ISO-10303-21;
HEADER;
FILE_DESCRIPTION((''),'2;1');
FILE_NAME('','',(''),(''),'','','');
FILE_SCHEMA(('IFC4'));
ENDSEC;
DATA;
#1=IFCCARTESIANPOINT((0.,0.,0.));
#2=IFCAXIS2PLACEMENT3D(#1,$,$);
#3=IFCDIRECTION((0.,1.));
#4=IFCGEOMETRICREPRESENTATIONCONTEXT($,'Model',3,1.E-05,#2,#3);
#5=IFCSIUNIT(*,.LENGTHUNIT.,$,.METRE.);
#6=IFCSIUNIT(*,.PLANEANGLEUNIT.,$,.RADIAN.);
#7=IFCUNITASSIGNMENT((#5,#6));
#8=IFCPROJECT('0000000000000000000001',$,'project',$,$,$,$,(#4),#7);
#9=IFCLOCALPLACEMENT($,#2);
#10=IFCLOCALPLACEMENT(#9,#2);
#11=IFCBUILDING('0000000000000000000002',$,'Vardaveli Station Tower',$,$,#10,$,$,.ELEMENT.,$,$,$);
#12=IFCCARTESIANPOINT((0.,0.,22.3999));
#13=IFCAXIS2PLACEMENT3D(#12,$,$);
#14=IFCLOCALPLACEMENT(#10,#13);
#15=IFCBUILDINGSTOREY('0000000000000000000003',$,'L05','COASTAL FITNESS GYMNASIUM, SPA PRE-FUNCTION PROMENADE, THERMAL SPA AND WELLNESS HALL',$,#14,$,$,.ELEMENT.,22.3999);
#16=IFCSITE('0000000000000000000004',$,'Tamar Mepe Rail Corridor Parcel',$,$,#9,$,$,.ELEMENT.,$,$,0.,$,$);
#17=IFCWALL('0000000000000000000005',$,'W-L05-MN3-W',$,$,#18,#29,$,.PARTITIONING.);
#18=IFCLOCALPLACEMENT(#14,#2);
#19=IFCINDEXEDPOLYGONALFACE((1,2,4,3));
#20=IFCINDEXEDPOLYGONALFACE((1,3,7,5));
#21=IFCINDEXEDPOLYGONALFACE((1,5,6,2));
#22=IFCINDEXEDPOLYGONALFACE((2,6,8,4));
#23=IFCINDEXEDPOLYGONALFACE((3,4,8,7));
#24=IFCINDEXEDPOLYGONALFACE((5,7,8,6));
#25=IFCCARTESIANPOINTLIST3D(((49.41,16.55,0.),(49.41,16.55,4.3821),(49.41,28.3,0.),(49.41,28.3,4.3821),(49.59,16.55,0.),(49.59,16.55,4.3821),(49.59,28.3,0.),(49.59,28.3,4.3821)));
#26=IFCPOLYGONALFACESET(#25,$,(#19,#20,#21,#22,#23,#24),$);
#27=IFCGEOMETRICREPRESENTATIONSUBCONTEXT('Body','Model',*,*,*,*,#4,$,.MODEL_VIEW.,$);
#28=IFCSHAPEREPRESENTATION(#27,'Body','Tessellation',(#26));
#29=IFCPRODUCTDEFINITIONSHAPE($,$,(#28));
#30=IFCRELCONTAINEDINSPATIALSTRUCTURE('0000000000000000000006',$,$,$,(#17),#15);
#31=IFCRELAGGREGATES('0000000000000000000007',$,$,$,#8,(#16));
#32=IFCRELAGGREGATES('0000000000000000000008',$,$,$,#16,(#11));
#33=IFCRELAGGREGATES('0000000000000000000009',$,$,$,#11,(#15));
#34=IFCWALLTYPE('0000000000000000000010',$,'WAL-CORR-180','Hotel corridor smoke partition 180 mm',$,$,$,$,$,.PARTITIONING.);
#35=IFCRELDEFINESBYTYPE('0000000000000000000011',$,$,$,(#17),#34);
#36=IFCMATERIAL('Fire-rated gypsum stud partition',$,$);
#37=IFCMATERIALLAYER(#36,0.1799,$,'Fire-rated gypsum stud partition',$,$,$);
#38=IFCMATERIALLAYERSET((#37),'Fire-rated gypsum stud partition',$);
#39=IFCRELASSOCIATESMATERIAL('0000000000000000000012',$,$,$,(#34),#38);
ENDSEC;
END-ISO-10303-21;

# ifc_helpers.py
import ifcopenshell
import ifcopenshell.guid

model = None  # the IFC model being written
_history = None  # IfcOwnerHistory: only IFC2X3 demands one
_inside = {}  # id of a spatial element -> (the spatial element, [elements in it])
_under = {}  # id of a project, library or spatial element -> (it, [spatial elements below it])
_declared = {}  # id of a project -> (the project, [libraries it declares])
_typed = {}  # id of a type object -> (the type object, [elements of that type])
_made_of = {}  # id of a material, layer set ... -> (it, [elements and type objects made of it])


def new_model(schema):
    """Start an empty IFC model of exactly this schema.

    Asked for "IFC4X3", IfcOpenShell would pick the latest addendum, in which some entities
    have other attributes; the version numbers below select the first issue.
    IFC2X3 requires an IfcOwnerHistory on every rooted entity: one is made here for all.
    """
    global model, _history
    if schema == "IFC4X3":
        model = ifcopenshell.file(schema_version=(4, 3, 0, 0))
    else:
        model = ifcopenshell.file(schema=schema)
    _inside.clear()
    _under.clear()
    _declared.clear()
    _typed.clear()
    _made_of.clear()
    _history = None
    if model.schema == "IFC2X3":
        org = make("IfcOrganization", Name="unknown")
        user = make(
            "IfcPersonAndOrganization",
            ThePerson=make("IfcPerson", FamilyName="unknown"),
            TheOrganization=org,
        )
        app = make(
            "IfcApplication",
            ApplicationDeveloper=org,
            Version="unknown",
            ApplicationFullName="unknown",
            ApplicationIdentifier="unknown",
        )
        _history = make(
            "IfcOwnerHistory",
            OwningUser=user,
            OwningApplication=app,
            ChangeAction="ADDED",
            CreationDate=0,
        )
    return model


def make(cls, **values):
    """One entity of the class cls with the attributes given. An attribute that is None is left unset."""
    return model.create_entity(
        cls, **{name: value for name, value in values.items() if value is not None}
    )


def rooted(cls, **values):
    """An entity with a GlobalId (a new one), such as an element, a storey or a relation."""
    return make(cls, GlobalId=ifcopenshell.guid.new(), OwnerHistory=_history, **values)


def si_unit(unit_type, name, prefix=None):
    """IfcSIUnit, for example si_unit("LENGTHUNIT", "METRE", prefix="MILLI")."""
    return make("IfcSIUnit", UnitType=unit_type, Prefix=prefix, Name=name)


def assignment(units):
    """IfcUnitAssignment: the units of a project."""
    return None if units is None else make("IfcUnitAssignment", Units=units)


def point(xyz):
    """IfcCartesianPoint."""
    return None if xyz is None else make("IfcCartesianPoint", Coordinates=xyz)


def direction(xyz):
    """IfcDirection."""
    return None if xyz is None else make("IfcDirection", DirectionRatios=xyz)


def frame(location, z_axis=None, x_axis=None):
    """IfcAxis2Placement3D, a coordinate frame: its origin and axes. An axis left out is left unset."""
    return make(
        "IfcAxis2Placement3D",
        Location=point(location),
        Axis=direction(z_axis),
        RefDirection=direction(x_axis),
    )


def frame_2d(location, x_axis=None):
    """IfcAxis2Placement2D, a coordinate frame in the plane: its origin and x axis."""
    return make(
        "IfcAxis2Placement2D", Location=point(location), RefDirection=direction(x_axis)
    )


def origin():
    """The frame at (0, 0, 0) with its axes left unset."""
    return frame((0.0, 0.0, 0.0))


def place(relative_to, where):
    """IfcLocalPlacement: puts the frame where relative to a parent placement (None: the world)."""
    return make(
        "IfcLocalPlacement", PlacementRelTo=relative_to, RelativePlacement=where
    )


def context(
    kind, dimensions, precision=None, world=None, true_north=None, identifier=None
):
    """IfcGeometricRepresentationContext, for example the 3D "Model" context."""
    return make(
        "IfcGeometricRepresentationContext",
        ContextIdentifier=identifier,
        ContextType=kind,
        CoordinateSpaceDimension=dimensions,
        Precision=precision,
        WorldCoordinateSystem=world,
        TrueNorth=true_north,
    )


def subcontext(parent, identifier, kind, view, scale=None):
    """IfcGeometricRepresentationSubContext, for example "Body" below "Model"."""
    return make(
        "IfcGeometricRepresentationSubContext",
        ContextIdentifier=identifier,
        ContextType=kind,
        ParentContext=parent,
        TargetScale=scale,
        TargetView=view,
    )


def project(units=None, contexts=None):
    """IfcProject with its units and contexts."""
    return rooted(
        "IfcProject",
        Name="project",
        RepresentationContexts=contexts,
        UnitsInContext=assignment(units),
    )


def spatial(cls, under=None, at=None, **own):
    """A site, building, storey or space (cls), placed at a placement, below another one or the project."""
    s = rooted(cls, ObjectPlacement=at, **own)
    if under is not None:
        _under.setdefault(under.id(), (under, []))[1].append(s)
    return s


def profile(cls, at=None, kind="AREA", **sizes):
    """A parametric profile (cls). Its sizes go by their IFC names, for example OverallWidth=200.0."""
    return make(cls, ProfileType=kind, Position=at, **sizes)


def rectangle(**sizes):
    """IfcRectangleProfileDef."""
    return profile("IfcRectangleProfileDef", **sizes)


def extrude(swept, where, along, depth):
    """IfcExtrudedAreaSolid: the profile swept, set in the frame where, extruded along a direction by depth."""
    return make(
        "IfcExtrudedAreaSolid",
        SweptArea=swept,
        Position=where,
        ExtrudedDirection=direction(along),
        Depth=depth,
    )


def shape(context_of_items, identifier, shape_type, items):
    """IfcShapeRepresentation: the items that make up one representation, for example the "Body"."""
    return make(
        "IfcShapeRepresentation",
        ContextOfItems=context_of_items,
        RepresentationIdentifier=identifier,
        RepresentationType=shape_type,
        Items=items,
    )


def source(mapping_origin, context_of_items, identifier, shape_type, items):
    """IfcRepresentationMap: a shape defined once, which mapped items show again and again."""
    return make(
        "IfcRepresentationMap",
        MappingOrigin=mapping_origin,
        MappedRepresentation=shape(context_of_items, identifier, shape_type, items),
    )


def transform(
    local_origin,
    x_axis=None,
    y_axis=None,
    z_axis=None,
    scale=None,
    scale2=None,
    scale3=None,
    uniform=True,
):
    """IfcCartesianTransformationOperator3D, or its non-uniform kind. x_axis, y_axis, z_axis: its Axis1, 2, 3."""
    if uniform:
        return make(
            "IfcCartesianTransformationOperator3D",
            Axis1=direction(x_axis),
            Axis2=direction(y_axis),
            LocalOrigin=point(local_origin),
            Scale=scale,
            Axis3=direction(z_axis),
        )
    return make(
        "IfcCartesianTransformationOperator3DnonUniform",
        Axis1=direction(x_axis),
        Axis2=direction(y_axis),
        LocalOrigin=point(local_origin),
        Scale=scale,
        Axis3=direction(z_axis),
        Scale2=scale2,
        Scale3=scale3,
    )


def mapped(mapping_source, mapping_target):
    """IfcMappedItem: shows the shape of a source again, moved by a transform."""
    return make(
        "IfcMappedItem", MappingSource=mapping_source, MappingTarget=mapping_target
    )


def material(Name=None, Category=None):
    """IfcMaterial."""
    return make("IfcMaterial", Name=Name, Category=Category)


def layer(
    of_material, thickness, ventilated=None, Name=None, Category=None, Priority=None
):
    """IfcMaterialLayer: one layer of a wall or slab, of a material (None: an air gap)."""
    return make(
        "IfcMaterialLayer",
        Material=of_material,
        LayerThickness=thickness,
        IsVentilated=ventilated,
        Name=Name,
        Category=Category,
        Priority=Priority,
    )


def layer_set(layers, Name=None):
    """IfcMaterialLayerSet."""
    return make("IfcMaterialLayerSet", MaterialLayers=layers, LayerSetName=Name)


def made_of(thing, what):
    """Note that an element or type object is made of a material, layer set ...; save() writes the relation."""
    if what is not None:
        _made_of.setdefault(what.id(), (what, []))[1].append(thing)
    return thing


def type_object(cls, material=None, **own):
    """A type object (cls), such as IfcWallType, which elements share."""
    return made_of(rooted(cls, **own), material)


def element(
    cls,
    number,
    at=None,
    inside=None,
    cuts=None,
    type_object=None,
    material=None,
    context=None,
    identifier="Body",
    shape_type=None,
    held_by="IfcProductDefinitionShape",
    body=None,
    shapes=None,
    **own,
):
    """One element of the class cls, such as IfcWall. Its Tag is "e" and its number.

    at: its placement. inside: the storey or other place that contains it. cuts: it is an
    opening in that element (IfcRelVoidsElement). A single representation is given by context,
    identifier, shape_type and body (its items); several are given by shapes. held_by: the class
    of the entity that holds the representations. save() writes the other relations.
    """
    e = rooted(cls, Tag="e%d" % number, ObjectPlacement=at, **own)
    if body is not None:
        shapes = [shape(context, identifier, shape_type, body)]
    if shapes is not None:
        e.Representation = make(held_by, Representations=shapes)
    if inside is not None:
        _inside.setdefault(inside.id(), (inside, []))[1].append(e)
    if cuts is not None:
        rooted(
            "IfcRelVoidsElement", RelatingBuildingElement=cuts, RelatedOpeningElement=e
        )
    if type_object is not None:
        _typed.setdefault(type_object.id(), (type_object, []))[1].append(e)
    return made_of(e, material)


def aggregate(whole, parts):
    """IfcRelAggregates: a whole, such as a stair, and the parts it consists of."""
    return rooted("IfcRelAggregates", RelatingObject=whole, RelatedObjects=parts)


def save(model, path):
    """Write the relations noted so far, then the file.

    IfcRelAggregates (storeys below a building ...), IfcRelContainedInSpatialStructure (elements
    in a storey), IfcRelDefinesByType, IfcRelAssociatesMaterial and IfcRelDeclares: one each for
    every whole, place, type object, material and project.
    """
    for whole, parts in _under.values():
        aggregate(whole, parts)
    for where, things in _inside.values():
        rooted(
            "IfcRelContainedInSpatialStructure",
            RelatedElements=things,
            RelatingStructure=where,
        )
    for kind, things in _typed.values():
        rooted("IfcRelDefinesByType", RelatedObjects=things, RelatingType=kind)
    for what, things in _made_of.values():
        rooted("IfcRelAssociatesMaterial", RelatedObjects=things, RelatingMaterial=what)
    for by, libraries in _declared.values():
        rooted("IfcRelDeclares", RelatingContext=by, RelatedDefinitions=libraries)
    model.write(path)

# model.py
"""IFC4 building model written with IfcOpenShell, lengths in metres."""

from ifc_helpers import new_model, si_unit, direction, frame, frame_2d, origin, place, context, subcontext, project, spatial, rectangle, extrude, source, transform, mapped, material, layer, layer_set, type_object, element, save


model = new_model("IFC4")

# Units and contexts
model_context = context("Model", 3, precision=1e-05, world=origin(), true_north=direction((0.0, 1.0)))
body_context = subcontext(model_context, "Body", "Model", "MODEL_VIEW")
ifc_project = project(units=[si_unit("LENGTHUNIT", "METRE"), si_unit("PLANEANGLEUNIT", "RADIAN")], contexts=[model_context])

# Site, building, storey
site_placement = place(None, origin())
site = spatial("IfcSite", under=ifc_project, at=site_placement, Name="Tamar Mepe Rail Corridor Parcel", CompositionType="ELEMENT", RefElevation=0.0)
building_placement = place(site_placement, origin())
building = spatial("IfcBuilding", under=site, at=building_placement, Name="Vardaveli Station Tower", CompositionType="ELEMENT")
storey_placement = place(building_placement, frame((0.0, 0.0, 22.3999)))
storey = spatial("IfcBuildingStorey", under=building, at=storey_placement, Name="L05", Description="COASTAL FITNESS GYMNASIUM, SPA PRE-FUNCTION PROMENADE, THERMAL SPA AND WELLNESS HALL", CompositionType="ELEMENT", Elevation=22.3999)

# Shared definitions
ifc_material_1 = material(Name="Fire-rated gypsum stud partition")
ifc_layer_1 = layer(ifc_material_1, 0.1799, Name="Fire-rated gypsum stud partition")
ifc_layer_set_1 = layer_set([ifc_layer_1], Name="Fire-rated gypsum stud partition")
wall_type = type_object("IfcWallType", Name="WAL-CORR-180", Description="Hotel corridor smoke partition 180 mm", PredefinedType="PARTITIONING", material=ifc_layer_set_1)

# Wall
shared_shape_1 = source(origin(), body_context, "Body", "SweptSolid", [
    extrude(rectangle(XDim=11.75, YDim=0.1799, at=frame_2d((5.875, 0.0))), origin(), (0.0, 0.0, 1.0), 4.3821),
])
wall_1_placement = place(storey_placement, frame((49.5, 16.55, 0.0), z_axis=(0.0, 0.0, 1.0), x_axis=(0.0, 1.0, 0.0)))
element("IfcWall", 1, at=wall_1_placement, inside=storey, type_object=wall_type, Name="W-L05-MN3-W", PredefinedType="PARTITIONING", context=body_context, shape_type="MappedRepresentation", body=[
    mapped(shared_shape_1, transform((0.0, 0.0, 0.0), scale=1.0)),
])

save(model, "model.ifc")
